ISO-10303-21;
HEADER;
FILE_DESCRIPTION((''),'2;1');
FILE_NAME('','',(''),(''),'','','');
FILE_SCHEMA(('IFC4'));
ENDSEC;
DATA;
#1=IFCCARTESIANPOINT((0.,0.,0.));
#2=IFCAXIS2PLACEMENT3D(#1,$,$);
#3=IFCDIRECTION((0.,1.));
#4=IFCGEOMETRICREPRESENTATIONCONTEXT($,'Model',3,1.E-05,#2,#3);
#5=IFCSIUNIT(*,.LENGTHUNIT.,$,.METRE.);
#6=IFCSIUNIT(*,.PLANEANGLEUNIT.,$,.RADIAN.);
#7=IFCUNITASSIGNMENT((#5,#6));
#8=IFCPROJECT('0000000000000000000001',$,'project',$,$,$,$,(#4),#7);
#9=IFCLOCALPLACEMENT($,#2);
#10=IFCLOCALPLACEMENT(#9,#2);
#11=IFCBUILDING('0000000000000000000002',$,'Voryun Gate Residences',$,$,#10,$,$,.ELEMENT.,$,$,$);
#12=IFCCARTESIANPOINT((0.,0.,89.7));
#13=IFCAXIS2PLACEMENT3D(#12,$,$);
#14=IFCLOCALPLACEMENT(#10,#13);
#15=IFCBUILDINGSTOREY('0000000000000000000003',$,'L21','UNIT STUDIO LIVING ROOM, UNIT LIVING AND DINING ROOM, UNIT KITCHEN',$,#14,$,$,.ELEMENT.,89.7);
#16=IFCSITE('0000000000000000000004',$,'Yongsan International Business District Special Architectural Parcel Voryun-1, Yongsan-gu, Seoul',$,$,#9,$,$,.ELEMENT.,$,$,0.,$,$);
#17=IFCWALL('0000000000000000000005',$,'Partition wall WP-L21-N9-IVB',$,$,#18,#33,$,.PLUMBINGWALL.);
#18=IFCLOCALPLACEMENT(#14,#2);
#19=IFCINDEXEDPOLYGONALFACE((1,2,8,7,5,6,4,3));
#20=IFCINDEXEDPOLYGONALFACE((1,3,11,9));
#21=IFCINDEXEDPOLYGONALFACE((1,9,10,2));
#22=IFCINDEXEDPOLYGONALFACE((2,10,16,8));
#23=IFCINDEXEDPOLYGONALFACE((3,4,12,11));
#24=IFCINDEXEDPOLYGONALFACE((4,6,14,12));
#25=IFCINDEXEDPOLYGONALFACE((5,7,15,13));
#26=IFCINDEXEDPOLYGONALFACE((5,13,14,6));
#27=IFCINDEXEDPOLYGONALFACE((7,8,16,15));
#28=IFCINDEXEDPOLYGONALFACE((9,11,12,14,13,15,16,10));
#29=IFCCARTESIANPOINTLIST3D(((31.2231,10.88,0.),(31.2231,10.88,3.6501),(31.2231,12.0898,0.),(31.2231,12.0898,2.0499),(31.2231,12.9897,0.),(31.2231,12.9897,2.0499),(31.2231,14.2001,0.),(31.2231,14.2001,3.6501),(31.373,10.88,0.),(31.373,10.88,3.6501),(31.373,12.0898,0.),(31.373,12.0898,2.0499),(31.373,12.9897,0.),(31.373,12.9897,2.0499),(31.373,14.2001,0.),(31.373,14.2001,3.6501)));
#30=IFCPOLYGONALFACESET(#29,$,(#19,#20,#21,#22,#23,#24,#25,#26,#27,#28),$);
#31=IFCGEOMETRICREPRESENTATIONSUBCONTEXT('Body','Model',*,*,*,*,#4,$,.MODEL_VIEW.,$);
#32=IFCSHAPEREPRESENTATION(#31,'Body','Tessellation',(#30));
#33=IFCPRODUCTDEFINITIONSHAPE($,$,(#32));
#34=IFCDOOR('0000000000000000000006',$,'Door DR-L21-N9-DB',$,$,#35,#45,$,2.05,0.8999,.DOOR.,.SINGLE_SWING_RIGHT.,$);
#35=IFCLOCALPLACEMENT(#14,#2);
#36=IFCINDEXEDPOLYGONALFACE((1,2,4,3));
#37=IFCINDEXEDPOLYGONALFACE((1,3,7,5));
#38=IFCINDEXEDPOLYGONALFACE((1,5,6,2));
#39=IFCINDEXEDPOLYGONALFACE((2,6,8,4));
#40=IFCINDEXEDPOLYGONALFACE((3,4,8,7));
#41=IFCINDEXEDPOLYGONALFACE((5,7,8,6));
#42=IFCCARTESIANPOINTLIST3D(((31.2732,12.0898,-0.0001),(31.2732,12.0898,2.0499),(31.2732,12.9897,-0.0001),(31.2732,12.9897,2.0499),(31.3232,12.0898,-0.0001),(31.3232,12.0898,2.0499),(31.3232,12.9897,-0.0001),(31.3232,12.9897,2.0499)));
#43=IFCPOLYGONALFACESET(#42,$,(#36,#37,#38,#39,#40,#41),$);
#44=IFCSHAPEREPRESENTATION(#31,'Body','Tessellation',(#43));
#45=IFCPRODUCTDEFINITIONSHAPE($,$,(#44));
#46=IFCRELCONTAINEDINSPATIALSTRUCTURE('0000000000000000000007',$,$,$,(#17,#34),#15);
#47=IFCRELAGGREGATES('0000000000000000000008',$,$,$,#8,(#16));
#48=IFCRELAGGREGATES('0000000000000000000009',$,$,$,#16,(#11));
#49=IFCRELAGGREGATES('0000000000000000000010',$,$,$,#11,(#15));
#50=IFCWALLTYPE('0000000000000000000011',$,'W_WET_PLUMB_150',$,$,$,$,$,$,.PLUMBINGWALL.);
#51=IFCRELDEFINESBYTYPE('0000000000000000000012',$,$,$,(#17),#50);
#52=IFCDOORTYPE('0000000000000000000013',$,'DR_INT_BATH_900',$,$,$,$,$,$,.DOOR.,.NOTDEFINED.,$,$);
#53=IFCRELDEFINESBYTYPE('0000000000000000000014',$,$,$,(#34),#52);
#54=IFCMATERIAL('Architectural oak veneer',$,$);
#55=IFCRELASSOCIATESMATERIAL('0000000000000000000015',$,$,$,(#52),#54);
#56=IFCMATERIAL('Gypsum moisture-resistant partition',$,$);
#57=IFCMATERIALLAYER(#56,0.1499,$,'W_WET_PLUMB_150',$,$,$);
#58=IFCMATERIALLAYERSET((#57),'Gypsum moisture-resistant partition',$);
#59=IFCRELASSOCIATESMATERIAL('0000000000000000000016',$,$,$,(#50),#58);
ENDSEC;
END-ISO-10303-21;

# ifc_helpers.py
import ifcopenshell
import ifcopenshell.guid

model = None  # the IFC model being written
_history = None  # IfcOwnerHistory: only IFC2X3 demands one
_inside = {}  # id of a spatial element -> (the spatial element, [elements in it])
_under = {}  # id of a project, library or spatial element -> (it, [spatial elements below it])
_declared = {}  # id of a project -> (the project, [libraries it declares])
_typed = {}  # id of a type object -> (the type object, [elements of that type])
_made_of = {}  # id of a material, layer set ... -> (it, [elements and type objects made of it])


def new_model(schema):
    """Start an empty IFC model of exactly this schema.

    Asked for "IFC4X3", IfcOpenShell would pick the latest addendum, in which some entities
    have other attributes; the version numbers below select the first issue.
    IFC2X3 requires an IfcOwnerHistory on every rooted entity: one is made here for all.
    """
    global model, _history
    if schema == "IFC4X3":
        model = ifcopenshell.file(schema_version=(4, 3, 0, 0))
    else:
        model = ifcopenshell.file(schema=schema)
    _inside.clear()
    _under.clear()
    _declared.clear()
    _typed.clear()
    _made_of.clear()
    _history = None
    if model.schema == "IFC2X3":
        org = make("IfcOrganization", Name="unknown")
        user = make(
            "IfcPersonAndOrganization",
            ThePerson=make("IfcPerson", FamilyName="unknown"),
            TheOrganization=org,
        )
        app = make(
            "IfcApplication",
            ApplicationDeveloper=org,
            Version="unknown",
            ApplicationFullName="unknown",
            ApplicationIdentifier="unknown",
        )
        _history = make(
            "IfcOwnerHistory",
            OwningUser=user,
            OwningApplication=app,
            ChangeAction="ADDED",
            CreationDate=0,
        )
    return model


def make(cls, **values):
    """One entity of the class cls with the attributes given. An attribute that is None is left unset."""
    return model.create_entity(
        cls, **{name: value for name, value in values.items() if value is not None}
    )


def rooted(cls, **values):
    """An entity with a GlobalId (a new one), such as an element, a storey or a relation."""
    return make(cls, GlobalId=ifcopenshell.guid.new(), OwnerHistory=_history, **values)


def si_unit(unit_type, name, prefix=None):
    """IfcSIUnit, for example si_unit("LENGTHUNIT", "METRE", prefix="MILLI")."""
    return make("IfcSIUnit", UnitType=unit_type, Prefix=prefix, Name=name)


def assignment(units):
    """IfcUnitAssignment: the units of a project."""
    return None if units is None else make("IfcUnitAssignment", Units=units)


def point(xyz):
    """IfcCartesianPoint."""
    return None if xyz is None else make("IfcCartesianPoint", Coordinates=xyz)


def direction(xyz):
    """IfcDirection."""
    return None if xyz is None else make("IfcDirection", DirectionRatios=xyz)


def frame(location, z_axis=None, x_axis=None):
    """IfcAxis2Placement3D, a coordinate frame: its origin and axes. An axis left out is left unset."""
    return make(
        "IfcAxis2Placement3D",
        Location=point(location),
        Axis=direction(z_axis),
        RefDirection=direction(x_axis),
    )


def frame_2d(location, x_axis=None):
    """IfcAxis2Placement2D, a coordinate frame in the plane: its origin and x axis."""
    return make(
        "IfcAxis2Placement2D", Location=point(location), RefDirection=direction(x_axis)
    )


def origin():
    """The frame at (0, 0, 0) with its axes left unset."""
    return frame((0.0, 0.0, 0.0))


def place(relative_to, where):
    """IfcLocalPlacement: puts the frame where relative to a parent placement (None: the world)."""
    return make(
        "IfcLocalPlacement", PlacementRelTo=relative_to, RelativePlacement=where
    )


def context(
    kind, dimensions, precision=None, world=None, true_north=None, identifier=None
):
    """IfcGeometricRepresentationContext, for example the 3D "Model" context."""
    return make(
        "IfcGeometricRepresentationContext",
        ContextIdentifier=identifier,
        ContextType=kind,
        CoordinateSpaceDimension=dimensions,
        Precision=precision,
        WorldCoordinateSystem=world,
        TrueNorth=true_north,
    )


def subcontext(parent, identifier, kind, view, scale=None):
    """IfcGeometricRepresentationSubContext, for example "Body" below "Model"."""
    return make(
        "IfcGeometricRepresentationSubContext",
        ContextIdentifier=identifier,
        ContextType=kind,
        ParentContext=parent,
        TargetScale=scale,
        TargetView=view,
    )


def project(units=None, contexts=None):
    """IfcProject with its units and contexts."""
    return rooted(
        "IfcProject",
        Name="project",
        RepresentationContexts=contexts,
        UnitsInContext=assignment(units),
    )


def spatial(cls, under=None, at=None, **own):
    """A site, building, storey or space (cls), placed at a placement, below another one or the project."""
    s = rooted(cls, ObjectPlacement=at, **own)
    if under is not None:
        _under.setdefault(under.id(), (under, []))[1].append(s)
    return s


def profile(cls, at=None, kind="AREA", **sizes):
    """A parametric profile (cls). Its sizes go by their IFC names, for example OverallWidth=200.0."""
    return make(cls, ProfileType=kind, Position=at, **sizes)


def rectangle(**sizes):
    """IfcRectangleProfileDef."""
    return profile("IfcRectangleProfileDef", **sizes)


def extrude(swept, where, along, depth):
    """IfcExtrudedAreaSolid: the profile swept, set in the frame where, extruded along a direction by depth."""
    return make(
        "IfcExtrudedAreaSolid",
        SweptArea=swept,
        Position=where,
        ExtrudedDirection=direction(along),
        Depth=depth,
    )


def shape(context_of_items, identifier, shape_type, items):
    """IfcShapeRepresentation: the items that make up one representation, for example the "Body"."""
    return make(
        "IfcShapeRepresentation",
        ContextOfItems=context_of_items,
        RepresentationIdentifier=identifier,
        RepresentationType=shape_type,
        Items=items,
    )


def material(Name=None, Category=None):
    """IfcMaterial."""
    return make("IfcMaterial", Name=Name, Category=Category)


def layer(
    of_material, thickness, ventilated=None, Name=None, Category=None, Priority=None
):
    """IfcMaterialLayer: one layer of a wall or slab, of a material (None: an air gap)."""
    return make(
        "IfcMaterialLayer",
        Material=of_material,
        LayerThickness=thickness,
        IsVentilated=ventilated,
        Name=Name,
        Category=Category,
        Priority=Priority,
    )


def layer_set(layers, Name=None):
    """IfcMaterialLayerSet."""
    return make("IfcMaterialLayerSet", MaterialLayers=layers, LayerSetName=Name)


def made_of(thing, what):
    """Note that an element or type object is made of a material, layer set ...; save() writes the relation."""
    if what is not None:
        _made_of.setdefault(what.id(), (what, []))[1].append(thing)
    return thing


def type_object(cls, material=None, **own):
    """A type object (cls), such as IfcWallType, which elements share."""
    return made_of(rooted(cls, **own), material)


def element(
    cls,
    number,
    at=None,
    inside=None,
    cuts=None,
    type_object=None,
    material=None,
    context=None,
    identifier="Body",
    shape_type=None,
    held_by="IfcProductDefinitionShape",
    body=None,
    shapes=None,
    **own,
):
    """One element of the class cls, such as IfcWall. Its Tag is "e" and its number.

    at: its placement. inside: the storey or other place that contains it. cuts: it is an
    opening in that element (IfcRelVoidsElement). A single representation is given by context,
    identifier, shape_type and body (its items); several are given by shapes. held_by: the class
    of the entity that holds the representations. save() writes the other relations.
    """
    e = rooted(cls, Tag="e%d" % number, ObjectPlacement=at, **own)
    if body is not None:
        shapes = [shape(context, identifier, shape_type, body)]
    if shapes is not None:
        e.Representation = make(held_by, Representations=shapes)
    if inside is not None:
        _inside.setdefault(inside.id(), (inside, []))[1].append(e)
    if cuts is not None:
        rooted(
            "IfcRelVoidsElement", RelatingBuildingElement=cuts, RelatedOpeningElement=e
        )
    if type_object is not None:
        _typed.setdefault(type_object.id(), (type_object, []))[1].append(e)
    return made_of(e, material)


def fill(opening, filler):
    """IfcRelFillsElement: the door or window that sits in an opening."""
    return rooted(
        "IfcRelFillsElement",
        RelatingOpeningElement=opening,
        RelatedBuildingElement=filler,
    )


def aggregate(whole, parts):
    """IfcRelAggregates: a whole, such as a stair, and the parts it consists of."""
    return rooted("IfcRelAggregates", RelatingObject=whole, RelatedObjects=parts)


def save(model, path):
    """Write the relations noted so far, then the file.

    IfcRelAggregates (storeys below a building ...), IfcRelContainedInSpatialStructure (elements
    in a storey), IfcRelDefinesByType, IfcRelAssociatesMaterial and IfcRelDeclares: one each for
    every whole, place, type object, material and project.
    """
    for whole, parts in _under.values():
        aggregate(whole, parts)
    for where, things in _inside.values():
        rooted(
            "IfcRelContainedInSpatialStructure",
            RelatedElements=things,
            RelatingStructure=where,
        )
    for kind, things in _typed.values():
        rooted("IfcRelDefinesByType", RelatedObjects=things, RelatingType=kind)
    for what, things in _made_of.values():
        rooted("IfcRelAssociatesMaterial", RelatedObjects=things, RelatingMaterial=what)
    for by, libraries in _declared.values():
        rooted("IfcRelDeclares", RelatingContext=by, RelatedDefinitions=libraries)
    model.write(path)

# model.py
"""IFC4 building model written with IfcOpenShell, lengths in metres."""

from ifc_helpers import new_model, si_unit, direction, frame, frame_2d, origin, place, context, subcontext, project, spatial, rectangle, extrude, material, layer, layer_set, type_object, element, fill, save


model = new_model("IFC4")

# Units and contexts
model_context = context("Model", 3, precision=1e-05, world=origin(), true_north=direction((0.0, 1.0)))
body_context = subcontext(model_context, "Body", "Model", "MODEL_VIEW")
ifc_project = project(units=[si_unit("LENGTHUNIT", "METRE"), si_unit("PLANEANGLEUNIT", "RADIAN")], contexts=[model_context])

# Site, building, storey
site_placement = place(None, origin())
site = spatial("IfcSite", under=ifc_project, at=site_placement, Name="Yongsan International Business District Special Architectural Parcel Voryun-1, Yongsan-gu, Seoul", CompositionType="ELEMENT", RefElevation=0.0)
building_placement = place(site_placement, origin())
building = spatial("IfcBuilding", under=site, at=building_placement, Name="Voryun Gate Residences", CompositionType="ELEMENT")
storey_placement = place(building_placement, frame((0.0, 0.0, 89.7)))
storey = spatial("IfcBuildingStorey", under=building, at=storey_placement, Name="L21", Description="UNIT STUDIO LIVING ROOM, UNIT LIVING AND DINING ROOM, UNIT KITCHEN", CompositionType="ELEMENT", Elevation=89.7)

# Shared definitions
ifc_material_1 = material(Name="Architectural oak veneer")
door_type_1 = type_object("IfcDoorType", Name="DR_INT_BATH_900", OperationType="NOTDEFINED", PredefinedType="DOOR", material=ifc_material_1)

# Shared definitions
ifc_material_2 = material(Name="Gypsum moisture-resistant partition")
ifc_layer_1 = layer(ifc_material_2, 0.1499, Name="W_WET_PLUMB_150")
ifc_layer_set_1 = layer_set([ifc_layer_1], Name="Gypsum moisture-resistant partition")
wall_type_1 = type_object("IfcWallType", Name="W_WET_PLUMB_150", PredefinedType="PLUMBINGWALL", material=ifc_layer_set_1)

# Wall, opening, door
wall_1_placement = place(storey_placement, frame((31.2981, 10.8799, 0.0), z_axis=(0.0, 0.0, 1.0), x_axis=(0.0, 1.0, 0.0)))
wall_1 = element("IfcWall", 1, at=wall_1_placement, inside=storey, type_object=wall_type_1, Name="Partition wall WP-L21-N9-IVB", PredefinedType="PLUMBINGWALL", context=body_context, shape_type="SweptSolid", body=[
    extrude(rectangle(XDim=3.3201, YDim=0.1499, at=frame_2d((1.6602, 0.0))), origin(), (0.0, 0.0, 1.0), 3.6501),
])
opening_1_placement = place(wall_1_placement, frame((1.21, 0.0, 0.0)))
opening_1 = element("IfcOpeningElement", 2, at=opening_1_placement, cuts=wall_1, PredefinedType="OPENING", context=body_context, shape_type="SweptSolid", body=[
    extrude(rectangle(XDim=0.8999, YDim=2.05, at=frame_2d((0.45, 1.0249))), frame((0.0, 0.085, 0.0), z_axis=(0.0, -1.0, 0.0), x_axis=(1.0, 0.0, 0.0)), (0.0, 0.0, 1.0), 0.1699),
])
door_1_placement = place(opening_1_placement, origin())
door_1 = element("IfcDoor", 3, at=door_1_placement, inside=storey, type_object=door_type_1, Name="Door DR-L21-N9-DB", OperationType="SINGLE_SWING_RIGHT", OverallHeight=2.05, OverallWidth=0.8999, PredefinedType="DOOR", context=body_context, shape_type="SweptSolid", body=[
    extrude(rectangle(XDim=0.8999, YDim=2.05, at=frame_2d((0.45, 1.0249))), frame((0.0, 0.0249, 0.0), z_axis=(0.0, -1.0, 0.0), x_axis=(1.0, 0.0, 0.0)), (0.0, 0.0, 1.0), 0.05),
])
fill(opening_1, door_1)

save(model, "model.ifc")
